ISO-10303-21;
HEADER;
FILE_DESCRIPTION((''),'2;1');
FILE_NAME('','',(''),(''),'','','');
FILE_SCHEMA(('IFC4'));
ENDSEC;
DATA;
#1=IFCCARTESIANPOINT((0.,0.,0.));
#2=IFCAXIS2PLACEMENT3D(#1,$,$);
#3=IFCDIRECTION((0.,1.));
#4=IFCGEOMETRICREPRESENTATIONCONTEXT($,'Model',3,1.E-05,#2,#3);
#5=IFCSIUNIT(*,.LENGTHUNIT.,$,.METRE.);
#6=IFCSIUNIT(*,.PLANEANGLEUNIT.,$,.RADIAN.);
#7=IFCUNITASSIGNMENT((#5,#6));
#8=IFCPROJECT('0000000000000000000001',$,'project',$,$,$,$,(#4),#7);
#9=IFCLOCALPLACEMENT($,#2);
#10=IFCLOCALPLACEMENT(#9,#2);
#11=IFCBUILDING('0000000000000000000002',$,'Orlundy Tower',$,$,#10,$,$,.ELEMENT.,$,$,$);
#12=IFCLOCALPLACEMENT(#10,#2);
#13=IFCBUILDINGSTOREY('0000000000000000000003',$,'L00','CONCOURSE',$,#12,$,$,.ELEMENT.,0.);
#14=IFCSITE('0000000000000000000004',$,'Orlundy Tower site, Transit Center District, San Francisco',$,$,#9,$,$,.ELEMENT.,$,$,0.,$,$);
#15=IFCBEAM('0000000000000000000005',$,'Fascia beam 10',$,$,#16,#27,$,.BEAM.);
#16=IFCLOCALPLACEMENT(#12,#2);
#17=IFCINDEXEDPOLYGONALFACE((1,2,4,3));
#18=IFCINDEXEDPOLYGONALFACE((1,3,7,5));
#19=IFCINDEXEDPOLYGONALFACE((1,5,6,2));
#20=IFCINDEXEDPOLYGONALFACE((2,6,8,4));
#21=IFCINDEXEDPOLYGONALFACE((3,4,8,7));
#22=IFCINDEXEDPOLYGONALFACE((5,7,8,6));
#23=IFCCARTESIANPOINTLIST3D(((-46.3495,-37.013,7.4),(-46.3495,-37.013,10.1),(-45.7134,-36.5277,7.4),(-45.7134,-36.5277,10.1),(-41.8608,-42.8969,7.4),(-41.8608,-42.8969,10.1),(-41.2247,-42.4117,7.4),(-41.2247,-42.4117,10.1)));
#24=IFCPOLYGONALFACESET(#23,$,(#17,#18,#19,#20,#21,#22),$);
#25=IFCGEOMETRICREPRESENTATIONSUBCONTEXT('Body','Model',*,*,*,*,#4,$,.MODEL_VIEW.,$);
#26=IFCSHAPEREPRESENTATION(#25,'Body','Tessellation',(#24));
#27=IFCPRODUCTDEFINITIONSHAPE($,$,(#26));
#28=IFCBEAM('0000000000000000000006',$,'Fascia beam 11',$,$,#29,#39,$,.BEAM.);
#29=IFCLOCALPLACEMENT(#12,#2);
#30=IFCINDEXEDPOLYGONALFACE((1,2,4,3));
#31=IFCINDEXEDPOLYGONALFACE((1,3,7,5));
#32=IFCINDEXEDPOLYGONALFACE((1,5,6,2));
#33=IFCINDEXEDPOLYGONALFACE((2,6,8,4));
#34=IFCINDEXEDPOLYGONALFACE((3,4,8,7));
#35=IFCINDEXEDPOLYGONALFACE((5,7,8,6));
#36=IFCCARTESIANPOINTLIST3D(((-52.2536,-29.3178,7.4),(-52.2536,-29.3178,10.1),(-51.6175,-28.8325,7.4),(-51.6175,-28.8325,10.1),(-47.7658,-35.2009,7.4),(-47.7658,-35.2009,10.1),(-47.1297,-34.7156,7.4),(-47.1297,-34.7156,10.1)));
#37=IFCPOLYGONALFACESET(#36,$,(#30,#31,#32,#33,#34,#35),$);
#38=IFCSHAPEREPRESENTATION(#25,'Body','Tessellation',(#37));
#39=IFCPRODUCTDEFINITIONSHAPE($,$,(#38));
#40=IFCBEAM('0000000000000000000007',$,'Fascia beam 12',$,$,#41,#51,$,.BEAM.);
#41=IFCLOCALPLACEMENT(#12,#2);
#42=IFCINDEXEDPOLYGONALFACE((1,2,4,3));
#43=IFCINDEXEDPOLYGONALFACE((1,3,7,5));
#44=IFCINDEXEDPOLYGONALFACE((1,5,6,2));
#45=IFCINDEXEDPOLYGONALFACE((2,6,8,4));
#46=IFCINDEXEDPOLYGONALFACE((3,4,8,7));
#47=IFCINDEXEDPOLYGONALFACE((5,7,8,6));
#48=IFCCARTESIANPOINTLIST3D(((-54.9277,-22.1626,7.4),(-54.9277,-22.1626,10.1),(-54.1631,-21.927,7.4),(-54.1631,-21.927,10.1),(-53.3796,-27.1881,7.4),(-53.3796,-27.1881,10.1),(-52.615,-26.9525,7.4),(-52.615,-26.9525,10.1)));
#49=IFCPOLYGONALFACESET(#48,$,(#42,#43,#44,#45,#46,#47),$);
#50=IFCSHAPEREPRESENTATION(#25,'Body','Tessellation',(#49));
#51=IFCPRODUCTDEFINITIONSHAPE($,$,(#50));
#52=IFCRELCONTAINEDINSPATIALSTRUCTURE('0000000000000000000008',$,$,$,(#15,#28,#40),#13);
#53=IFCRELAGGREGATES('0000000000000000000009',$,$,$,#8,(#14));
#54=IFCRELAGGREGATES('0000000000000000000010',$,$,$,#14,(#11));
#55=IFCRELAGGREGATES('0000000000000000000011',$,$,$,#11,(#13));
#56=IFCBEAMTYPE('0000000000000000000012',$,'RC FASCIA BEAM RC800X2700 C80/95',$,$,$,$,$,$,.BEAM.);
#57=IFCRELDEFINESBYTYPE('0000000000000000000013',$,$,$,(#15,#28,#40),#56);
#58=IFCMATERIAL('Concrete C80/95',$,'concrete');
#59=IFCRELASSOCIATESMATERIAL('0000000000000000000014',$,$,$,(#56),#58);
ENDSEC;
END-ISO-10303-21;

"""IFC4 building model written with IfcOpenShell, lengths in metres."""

from ifc_helpers import new_model, si_unit, direction, frame, origin, origin_2d, place, context, subcontext, project, spatial, rectangle, extrude, material, material_profile, profile_set, type_object, element, save


model = new_model("IFC4")

# Units and contexts
model_context = context("Model", 3, precision=1e-05, world=origin(), true_north=direction((0.0, 1.0)))
body_context = subcontext(model_context, "Body", "Model", "MODEL_VIEW")
ifc_project = project(units=[si_unit("LENGTHUNIT", "METRE"), si_unit("PLANEANGLEUNIT", "RADIAN")], contexts=[model_context])

# Site, building, storey
site_placement = place(None, origin())
site = spatial("IfcSite", under=ifc_project, at=site_placement, Name="Orlundy Tower site, Transit Center District, San Francisco", CompositionType="ELEMENT", RefElevation=0.0)
building_placement = place(site_placement, origin())
building = spatial("IfcBuilding", under=site, at=building_placement, Name="Orlundy Tower", CompositionType="ELEMENT")
storey_placement = place(building_placement, origin())
storey = spatial("IfcBuildingStorey", under=building, at=storey_placement, Name="L00", Description="CONCOURSE", CompositionType="ELEMENT", Elevation=0.0)

# Beams
ifc_material_1 = material(Name="Concrete C80/95", Category="concrete")
ifc_material_profile_1 = material_profile(ifc_material_1, rectangle(XDim=0.8, YDim=2.7, at=origin_2d()), Name="RC800X2700")
ifc_profile_set_1 = profile_set([ifc_material_profile_1], Name="Concrete C80/95")
beam_type = type_object("IfcBeamType", Name="RC FASCIA BEAM RC800X2700 C80/95", PredefinedType="BEAM", material=ifc_profile_set_1)
beam_1_placement = place(storey_placement, frame((-41.5427, -42.6543, 8.75), z_axis=(-0.60653, 0.795061, 0.0), x_axis=(-0.795061, -0.60653, 0.0)))
element("IfcBeam", 1, at=beam_1_placement, inside=storey, type_object=beam_type, Name="Fascia beam 10", PredefinedType="BEAM", context=body_context, shape_type="SweptSolid", body=[
    extrude(rectangle(XDim=0.8, YDim=2.7, at=origin_2d()), origin(), (0.0, 0.0, 1.0), 7.4006),
])
beam_2_placement = place(storey_placement, frame((-47.4478, -34.9583, 8.75), z_axis=(-0.60651, 0.795076, 0.0), x_axis=(-0.795076, -0.60651, 0.0)))
element("IfcBeam", 2, at=beam_2_placement, inside=storey, type_object=beam_type, Name="Fascia beam 11", PredefinedType="BEAM", context=body_context, shape_type="SweptSolid", body=[
    extrude(rectangle(XDim=0.8, YDim=2.7, at=origin_2d()), origin(), (0.0, 0.0, 1.0), 7.3994),
])
beam_3_placement = place(storey_placement, frame((-52.9973, -27.0703, 8.75), z_axis=(-0.294402, 0.955682, 0.0), x_axis=(-0.955682, -0.294402, 0.0)))
element("IfcBeam", 3, at=beam_3_placement, inside=storey, type_object=beam_type, Name="Fascia beam 12", PredefinedType="BEAM", context=body_context, shape_type="SweptSolid", body=[
    extrude(rectangle(XDim=0.8, YDim=2.7, at=origin_2d()), origin(), (0.0, 0.0, 1.0), 5.2585),
])

save(model, "model.ifc")
